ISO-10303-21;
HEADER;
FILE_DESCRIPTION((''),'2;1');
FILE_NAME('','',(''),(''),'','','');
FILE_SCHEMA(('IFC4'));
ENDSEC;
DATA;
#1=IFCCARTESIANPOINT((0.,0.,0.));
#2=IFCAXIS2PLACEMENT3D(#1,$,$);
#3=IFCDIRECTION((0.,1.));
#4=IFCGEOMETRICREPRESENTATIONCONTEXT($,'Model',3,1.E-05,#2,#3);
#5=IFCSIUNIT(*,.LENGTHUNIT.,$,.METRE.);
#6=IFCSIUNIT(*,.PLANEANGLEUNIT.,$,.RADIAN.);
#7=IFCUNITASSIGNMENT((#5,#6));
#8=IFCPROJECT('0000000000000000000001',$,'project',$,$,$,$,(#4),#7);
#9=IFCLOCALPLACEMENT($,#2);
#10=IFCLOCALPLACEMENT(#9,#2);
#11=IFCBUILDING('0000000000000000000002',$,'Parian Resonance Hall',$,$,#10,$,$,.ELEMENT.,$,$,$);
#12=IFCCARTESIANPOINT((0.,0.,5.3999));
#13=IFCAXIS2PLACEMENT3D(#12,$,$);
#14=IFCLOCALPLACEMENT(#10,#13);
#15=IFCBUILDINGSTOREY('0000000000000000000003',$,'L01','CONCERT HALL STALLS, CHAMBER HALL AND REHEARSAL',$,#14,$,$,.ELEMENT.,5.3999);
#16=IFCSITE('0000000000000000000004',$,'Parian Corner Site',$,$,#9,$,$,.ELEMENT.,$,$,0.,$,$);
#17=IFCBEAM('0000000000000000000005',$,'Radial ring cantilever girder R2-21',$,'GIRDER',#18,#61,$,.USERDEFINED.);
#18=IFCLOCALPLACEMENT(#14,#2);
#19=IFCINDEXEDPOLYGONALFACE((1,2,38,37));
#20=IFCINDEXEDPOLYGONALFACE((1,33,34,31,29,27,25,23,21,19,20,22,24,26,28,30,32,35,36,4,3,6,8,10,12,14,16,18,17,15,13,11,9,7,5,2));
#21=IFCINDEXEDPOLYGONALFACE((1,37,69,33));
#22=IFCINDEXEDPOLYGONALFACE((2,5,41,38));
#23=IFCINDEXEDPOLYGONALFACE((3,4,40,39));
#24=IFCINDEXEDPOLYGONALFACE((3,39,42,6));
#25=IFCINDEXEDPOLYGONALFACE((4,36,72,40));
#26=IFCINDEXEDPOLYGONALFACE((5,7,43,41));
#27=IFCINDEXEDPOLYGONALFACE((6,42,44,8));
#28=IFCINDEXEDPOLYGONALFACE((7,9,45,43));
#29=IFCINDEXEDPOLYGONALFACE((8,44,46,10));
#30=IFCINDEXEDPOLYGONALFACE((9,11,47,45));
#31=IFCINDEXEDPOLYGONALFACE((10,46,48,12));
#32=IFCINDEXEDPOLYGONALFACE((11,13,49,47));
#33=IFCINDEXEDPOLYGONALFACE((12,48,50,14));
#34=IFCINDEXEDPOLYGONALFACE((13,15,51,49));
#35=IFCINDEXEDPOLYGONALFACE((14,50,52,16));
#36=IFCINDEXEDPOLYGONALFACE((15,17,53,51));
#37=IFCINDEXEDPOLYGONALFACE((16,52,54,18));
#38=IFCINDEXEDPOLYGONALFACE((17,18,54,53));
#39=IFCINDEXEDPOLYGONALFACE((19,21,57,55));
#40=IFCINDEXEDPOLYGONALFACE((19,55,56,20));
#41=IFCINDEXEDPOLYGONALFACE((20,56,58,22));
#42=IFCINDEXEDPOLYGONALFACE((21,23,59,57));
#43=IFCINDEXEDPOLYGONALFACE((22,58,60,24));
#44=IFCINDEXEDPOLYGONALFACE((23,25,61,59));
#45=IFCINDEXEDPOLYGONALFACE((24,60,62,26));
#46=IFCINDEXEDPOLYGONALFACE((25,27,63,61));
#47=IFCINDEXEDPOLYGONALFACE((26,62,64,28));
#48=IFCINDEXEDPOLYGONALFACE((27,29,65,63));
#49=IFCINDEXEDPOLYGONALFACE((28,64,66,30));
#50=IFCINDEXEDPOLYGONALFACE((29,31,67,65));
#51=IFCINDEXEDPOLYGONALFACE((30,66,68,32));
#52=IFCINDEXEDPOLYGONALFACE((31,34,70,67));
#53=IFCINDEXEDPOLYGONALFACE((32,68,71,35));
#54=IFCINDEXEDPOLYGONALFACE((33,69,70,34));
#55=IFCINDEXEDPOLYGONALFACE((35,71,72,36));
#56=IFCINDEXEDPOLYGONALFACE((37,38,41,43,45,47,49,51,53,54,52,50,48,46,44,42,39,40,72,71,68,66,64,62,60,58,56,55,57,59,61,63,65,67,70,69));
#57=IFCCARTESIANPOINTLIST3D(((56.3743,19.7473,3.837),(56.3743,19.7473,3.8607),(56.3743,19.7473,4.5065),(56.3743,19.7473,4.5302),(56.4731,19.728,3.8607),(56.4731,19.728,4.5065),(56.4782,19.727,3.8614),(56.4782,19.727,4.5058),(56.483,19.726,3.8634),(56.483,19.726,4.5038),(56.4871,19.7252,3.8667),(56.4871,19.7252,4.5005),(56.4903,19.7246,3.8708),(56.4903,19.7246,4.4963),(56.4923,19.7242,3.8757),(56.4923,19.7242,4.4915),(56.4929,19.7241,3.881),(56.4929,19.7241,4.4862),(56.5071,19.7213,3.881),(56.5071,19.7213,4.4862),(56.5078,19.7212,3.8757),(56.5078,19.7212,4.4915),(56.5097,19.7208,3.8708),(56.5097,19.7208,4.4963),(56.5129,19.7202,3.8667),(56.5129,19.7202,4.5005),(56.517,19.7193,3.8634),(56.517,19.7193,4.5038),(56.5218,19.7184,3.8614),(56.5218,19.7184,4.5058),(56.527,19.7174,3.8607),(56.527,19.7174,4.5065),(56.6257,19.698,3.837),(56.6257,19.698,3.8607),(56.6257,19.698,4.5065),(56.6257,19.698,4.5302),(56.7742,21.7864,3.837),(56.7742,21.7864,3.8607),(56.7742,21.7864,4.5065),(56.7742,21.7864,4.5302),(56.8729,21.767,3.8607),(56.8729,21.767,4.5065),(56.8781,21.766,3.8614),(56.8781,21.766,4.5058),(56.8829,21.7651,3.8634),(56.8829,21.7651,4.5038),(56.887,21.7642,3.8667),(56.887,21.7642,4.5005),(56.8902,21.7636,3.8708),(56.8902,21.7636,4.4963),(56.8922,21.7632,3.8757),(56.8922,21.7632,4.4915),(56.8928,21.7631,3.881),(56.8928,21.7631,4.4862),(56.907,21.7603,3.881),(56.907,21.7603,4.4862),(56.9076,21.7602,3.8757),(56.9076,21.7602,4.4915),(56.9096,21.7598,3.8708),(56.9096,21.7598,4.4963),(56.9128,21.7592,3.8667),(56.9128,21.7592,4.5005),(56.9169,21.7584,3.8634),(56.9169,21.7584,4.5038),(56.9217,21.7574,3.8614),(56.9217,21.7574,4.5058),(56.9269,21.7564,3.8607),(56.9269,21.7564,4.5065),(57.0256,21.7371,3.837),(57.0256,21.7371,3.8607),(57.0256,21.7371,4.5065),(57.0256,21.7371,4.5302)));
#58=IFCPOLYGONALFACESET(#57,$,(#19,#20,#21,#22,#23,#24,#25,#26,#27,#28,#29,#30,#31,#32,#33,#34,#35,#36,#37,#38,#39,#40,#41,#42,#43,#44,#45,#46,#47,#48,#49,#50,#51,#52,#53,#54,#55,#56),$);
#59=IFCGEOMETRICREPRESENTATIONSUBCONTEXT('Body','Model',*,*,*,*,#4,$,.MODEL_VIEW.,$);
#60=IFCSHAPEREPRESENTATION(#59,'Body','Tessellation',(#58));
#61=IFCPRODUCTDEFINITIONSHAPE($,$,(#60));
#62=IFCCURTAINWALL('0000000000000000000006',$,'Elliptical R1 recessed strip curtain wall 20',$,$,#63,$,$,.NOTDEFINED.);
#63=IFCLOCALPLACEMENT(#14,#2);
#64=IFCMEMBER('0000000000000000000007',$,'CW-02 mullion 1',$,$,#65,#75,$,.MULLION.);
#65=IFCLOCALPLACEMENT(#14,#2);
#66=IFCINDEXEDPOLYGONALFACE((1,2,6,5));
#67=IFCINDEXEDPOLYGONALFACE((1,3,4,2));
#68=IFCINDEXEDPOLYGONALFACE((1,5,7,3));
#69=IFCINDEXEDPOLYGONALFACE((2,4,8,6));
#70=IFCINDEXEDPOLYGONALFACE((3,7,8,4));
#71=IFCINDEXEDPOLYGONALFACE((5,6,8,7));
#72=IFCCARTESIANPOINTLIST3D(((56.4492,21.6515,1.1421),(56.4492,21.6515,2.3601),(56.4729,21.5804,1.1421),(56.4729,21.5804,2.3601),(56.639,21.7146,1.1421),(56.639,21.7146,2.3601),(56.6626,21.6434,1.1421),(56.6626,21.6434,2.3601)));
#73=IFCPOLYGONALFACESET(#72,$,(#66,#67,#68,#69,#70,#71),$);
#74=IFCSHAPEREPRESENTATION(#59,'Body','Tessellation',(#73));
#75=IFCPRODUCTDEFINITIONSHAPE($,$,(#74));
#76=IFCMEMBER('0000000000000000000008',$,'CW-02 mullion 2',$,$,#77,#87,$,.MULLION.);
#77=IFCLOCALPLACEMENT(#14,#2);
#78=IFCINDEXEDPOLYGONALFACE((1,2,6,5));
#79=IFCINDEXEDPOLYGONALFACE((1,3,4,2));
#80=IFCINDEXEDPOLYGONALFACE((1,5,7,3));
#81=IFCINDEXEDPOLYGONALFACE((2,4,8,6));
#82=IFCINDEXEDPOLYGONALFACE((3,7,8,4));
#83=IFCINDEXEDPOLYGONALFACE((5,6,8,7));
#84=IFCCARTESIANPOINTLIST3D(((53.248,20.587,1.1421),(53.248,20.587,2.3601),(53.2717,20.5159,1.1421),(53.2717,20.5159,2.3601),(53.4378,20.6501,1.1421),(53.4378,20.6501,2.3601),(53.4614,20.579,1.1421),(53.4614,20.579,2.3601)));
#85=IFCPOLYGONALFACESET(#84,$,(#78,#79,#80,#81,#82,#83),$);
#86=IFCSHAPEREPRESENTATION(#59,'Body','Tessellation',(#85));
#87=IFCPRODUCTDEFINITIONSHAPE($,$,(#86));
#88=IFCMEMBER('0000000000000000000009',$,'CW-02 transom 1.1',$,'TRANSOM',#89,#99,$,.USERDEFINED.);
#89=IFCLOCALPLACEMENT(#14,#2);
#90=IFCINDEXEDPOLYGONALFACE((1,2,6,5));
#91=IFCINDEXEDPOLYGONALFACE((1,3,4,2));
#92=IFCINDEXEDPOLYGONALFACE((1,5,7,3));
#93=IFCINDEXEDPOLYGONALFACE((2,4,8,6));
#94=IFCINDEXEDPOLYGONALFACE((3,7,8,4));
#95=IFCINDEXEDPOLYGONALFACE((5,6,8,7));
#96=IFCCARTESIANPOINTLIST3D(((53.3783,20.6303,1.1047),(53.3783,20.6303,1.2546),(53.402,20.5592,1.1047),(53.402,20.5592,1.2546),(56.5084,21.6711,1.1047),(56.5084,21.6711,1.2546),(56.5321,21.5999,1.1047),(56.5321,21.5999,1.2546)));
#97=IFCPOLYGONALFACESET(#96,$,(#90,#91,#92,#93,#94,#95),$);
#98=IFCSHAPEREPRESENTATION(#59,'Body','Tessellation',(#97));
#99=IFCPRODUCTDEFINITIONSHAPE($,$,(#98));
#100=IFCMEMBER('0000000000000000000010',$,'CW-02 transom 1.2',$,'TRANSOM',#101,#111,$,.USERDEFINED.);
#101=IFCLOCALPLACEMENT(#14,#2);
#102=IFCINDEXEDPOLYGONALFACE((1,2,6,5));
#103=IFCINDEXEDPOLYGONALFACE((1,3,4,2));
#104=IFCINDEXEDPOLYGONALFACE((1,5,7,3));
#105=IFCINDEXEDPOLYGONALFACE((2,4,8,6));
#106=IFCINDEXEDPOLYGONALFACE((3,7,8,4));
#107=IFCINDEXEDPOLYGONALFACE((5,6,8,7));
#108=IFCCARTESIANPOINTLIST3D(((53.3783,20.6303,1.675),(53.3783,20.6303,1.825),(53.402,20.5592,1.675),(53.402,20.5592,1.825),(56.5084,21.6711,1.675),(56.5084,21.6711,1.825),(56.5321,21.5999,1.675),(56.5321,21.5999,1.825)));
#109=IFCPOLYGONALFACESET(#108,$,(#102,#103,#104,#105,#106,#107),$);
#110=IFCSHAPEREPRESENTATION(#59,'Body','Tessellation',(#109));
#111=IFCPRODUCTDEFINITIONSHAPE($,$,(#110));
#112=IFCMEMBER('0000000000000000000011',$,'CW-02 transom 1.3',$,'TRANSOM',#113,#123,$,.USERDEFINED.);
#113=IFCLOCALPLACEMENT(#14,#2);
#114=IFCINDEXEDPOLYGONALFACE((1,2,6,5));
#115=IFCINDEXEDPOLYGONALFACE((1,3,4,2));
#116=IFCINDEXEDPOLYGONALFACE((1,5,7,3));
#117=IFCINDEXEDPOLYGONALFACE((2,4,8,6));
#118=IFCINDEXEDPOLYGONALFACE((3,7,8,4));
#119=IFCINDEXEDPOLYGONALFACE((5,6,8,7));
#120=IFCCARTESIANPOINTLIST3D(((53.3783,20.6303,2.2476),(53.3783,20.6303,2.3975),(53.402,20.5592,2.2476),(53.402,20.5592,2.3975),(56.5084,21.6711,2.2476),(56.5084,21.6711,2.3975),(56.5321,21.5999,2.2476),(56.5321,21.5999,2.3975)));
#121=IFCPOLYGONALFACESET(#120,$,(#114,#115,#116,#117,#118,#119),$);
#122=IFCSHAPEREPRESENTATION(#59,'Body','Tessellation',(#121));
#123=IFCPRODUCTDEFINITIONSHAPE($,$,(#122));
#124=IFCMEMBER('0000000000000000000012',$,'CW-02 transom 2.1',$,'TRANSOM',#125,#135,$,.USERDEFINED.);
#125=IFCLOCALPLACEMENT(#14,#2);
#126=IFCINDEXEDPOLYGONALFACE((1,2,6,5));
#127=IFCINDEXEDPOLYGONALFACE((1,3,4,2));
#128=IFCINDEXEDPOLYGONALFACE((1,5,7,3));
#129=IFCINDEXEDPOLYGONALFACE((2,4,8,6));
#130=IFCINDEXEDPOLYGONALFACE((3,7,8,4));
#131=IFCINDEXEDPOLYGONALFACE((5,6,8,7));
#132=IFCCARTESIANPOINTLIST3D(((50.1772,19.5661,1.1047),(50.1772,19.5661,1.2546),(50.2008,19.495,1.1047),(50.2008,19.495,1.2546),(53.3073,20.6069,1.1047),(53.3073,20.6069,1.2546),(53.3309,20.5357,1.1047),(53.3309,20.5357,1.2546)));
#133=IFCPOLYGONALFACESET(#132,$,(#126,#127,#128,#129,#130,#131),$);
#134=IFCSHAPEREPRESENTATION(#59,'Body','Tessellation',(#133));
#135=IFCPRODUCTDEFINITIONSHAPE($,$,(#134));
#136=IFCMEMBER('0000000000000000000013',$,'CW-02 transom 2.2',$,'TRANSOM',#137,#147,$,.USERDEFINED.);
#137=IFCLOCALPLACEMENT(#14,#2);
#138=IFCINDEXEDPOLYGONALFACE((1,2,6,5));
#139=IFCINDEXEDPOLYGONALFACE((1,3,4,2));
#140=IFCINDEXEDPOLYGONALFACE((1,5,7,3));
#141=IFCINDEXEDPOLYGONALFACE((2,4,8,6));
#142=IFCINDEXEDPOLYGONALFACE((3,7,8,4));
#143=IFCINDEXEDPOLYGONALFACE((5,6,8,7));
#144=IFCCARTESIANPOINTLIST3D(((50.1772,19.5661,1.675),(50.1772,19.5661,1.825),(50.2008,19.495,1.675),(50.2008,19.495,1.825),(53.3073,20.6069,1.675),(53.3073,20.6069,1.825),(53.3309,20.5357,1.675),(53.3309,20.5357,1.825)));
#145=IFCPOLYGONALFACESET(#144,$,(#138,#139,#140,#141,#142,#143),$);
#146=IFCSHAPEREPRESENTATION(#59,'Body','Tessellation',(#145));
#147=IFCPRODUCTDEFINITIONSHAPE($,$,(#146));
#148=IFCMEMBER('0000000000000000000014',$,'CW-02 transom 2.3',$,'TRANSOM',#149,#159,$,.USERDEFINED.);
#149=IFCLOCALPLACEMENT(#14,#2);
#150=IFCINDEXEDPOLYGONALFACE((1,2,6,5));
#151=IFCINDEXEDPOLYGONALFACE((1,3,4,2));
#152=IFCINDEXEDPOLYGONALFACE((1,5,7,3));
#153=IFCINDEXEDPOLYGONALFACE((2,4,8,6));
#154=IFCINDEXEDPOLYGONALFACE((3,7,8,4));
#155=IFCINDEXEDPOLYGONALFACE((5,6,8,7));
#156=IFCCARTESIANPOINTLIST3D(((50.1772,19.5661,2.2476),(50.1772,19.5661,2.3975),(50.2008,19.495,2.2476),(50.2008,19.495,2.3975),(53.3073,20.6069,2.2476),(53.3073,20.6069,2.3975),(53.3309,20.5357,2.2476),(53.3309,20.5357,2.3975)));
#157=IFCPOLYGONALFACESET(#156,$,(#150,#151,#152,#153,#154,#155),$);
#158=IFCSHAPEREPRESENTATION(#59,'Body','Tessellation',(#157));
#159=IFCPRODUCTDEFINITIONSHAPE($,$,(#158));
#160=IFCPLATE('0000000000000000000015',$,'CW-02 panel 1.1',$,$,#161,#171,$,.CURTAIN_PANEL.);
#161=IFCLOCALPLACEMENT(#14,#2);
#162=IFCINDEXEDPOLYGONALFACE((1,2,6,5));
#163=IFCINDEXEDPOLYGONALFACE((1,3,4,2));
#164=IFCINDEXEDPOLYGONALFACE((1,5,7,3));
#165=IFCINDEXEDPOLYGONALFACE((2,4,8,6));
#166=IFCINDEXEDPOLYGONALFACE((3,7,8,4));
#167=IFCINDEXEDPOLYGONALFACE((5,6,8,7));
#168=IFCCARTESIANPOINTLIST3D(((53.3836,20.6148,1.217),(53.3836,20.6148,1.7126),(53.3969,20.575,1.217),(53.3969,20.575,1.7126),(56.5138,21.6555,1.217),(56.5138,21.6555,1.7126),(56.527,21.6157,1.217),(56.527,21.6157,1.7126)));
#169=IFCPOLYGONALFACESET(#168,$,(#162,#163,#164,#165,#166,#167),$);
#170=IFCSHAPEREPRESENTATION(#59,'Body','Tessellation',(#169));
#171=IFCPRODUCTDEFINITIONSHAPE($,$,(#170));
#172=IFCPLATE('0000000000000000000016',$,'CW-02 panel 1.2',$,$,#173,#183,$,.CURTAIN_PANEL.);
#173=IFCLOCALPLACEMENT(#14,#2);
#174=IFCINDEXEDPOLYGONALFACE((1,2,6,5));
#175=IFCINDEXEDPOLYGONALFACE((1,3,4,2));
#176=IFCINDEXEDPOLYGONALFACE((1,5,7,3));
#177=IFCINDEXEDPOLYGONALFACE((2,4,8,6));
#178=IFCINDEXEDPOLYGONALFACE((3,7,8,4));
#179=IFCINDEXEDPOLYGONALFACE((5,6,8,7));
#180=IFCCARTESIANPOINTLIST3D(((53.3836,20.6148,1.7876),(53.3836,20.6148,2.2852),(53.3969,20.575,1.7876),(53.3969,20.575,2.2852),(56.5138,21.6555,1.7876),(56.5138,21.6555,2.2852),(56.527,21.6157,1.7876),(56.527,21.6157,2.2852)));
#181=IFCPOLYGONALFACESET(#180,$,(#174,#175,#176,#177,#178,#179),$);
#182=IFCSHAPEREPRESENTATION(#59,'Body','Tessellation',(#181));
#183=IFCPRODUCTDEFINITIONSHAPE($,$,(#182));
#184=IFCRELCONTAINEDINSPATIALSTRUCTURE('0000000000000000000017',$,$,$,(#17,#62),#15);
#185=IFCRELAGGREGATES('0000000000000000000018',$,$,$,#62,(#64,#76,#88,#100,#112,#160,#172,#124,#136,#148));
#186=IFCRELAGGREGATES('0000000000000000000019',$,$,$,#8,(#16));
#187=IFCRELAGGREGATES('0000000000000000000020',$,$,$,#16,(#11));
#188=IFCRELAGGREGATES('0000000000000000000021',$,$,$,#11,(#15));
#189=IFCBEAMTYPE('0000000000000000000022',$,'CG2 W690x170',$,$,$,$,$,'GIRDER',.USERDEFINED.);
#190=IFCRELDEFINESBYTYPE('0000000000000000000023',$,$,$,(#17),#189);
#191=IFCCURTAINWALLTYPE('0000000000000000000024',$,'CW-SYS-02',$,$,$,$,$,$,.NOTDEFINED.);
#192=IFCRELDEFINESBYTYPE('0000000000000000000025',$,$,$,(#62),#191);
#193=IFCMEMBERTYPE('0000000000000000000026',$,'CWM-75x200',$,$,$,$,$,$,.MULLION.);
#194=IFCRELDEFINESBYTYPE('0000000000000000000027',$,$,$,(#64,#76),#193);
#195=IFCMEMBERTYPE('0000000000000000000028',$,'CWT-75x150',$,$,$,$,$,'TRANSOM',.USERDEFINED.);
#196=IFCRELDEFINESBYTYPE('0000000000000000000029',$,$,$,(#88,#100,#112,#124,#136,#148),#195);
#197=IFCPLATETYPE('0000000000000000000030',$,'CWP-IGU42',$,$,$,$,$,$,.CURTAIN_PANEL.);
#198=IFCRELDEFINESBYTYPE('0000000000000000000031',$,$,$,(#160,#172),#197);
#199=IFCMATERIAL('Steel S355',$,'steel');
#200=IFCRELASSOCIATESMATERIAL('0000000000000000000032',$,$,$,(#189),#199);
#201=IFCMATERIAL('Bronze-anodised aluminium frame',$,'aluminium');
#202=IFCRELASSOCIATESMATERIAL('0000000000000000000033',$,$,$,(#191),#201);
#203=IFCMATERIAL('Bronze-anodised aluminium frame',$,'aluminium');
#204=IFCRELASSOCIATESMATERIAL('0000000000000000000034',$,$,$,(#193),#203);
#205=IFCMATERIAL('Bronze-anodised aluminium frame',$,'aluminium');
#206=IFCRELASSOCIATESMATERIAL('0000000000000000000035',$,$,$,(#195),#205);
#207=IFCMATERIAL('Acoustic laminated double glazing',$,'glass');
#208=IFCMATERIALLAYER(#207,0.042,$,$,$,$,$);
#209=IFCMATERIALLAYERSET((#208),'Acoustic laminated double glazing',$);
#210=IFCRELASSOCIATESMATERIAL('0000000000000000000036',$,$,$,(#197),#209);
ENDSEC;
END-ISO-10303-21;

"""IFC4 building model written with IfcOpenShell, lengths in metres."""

from ifc_helpers import new_model, si_unit, direction, frame, origin, origin_2d, place, context, subcontext, project, spatial, rectangle, i_section, extrude, material, layer, layer_set, material_profile, profile_set, type_object, element, aggregate, save


model = new_model("IFC4")

# Units and contexts
model_context = context("Model", 3, precision=1e-05, world=origin(), true_north=direction((0.0, 1.0)))
body_context = subcontext(model_context, "Body", "Model", "MODEL_VIEW")
ifc_project = project(units=[si_unit("LENGTHUNIT", "METRE"), si_unit("PLANEANGLEUNIT", "RADIAN")], contexts=[model_context])

# Site, building, storey
site_placement = place(None, origin())
site = spatial("IfcSite", under=ifc_project, at=site_placement, Name="Parian Corner Site", CompositionType="ELEMENT", RefElevation=0.0)
building_placement = place(site_placement, origin())
building = spatial("IfcBuilding", under=site, at=building_placement, Name="Parian Resonance Hall", CompositionType="ELEMENT")
storey_placement = place(building_placement, frame((0.0, 0.0, 5.3999)))
storey = spatial("IfcBuildingStorey", under=building, at=storey_placement, Name="L01", Description="CONCERT HALL STALLS, CHAMBER HALL AND REHEARSAL", CompositionType="ELEMENT", Elevation=5.3999)

# Beam
ifc_material_1 = material(Name="Steel S355", Category="steel")
ifc_material_profile_1 = material_profile(ifc_material_1, i_section(OverallWidth=0.2561, OverallDepth=0.6931, WebThickness=0.0144, FlangeThickness=0.0237, FilletRadius=0.0203, at=origin_2d()), Name="W690x170")
ifc_profile_set_1 = profile_set([ifc_material_profile_1], Name="Steel S355")
beam_type_1 = type_object("IfcBeamType", Name="CG2 W690x170", ElementType="GIRDER", PredefinedType="USERDEFINED", material=ifc_profile_set_1)
beam_1_placement = place(storey_placement, frame((56.8999, 21.7617, 4.1836), z_axis=(-0.192454, -0.981306, 0.0), x_axis=(0.981306, -0.192454, 0.0)))
element("IfcBeam", 1, at=beam_1_placement, inside=storey, type_object=beam_type_1, Name="Radial ring cantilever girder R2-21", ObjectType="GIRDER", PredefinedType="USERDEFINED", context=body_context, shape_type="SweptSolid", body=[
    extrude(i_section(OverallWidth=0.2561, OverallDepth=0.6931, WebThickness=0.0144, FlangeThickness=0.0237, FilletRadius=0.0203, at=origin_2d()), origin(), (0.0, 0.0, 1.0), 2.0779),
])

# Curtain wall, members, plates
ifc_material_2 = material(Name="Bronze-anodised aluminium frame", Category="aluminium")
curtain_wall_type = type_object("IfcCurtainWallType", Name="CW-SYS-02", PredefinedType="NOTDEFINED", material=ifc_material_2)
curtain_wall_placement = place(storey_placement, origin())
curtain_wall = element("IfcCurtainWall", 2, at=curtain_wall_placement, inside=storey, type_object=curtain_wall_type, Name="Elliptical R1 recessed strip curtain wall 20", PredefinedType="NOTDEFINED")
ifc_material_3 = material(Name="Bronze-anodised aluminium frame", Category="aluminium")
ifc_material_profile_2 = material_profile(ifc_material_3, rectangle(XDim=0.075, YDim=0.2, at=origin_2d()), Name="CWM-75x200")
ifc_profile_set_2 = profile_set([ifc_material_profile_2], Name="Bronze-anodised aluminium frame")
member_type_1 = type_object("IfcMemberType", Name="CWM-75x200", PredefinedType="MULLION", material=ifc_profile_set_2)
member_1_placement = place(storey_placement, frame((56.5559, 21.6475, 1.1421), z_axis=(0.0, 0.0, 1.0), x_axis=(0.315502, -0.948925, 0.0)))
member_1 = element("IfcMember", 3, at=member_1_placement, type_object=member_type_1, Name="CW-02 mullion 1", PredefinedType="MULLION", context=body_context, shape_type="SweptSolid", body=[
    extrude(rectangle(XDim=0.075, YDim=0.2, at=origin_2d()), origin(), (0.0, 0.0, 1.0), 1.218),
])
member_2_placement = place(storey_placement, frame((53.3547, 20.583, 1.1421), z_axis=(0.0, 0.0, 1.0), x_axis=(0.315502, -0.948925, 0.0)))
member_2 = element("IfcMember", 4, at=member_2_placement, type_object=member_type_1, Name="CW-02 mullion 2", PredefinedType="MULLION", context=body_context, shape_type="SweptSolid", body=[
    extrude(rectangle(XDim=0.075, YDim=0.2, at=origin_2d()), origin(), (0.0, 0.0, 1.0), 1.218),
])
ifc_material_4 = material(Name="Bronze-anodised aluminium frame", Category="aluminium")
ifc_material_profile_3 = material_profile(ifc_material_4, rectangle(XDim=0.075, YDim=0.1499, at=origin_2d()), Name="CWT-75x150")
ifc_profile_set_3 = profile_set([ifc_material_profile_3], Name="Bronze-anodised aluminium frame")
member_type_2 = type_object("IfcMemberType", Name="CWT-75x150", ElementType="TRANSOM", PredefinedType="USERDEFINED", material=ifc_profile_set_3)
member_3_placement = place(storey_placement, frame((56.5203, 21.6355, 1.1797), z_axis=(-0.94892, -0.315517, 0.0), x_axis=(0.315517, -0.94892, 0.0)))
member_3 = element("IfcMember", 5, at=member_3_placement, type_object=member_type_2, Name="CW-02 transom 1.1", ObjectType="TRANSOM", PredefinedType="USERDEFINED", context=body_context, shape_type="SweptSolid", body=[
    extrude(rectangle(XDim=0.075, YDim=0.1499, at=origin_2d()), origin(), (0.0, 0.0, 1.0), 3.2986),
])
member_4_placement = place(storey_placement, frame((56.5203, 21.6355, 1.75), z_axis=(-0.94892, -0.315517, 0.0), x_axis=(0.315517, -0.94892, 0.0)))
member_4 = element("IfcMember", 6, at=member_4_placement, type_object=member_type_2, Name="CW-02 transom 1.2", ObjectType="TRANSOM", PredefinedType="USERDEFINED", context=body_context, shape_type="SweptSolid", body=[
    extrude(rectangle(XDim=0.075, YDim=0.1499, at=origin_2d()), origin(), (0.0, 0.0, 1.0), 3.2986),
])
member_5_placement = place(storey_placement, frame((56.5203, 21.6355, 2.3225), z_axis=(-0.94892, -0.315517, 0.0), x_axis=(0.315517, -0.94892, 0.0)))
member_5 = element("IfcMember", 7, at=member_5_placement, type_object=member_type_2, Name="CW-02 transom 1.3", ObjectType="TRANSOM", PredefinedType="USERDEFINED", context=body_context, shape_type="SweptSolid", body=[
    extrude(rectangle(XDim=0.075, YDim=0.1499, at=origin_2d()), origin(), (0.0, 0.0, 1.0), 3.2986),
])
member_6_placement = place(storey_placement, frame((53.3191, 20.5713, 1.1797), z_axis=(-0.94892, -0.315517, 0.0), x_axis=(0.315517, -0.94892, 0.0)))
member_6 = element("IfcMember", 8, at=member_6_placement, type_object=member_type_2, Name="CW-02 transom 2.1", ObjectType="TRANSOM", PredefinedType="USERDEFINED", context=body_context, shape_type="SweptSolid", body=[
    extrude(rectangle(XDim=0.075, YDim=0.1499, at=origin_2d()), origin(), (0.0, 0.0, 1.0), 3.2986),
])
member_7_placement = place(storey_placement, frame((53.3191, 20.5713, 1.75), z_axis=(-0.94892, -0.315517, 0.0), x_axis=(0.315517, -0.94892, 0.0)))
member_7 = element("IfcMember", 9, at=member_7_placement, type_object=member_type_2, Name="CW-02 transom 2.2", ObjectType="TRANSOM", PredefinedType="USERDEFINED", context=body_context, shape_type="SweptSolid", body=[
    extrude(rectangle(XDim=0.075, YDim=0.1499, at=origin_2d()), origin(), (0.0, 0.0, 1.0), 3.2986),
])
member_8_placement = place(storey_placement, frame((53.3191, 20.5713, 2.3225), z_axis=(-0.94892, -0.315517, 0.0), x_axis=(0.315517, -0.94892, 0.0)))
member_8 = element("IfcMember", 10, at=member_8_placement, type_object=member_type_2, Name="CW-02 transom 2.3", ObjectType="TRANSOM", PredefinedType="USERDEFINED", context=body_context, shape_type="SweptSolid", body=[
    extrude(rectangle(XDim=0.075, YDim=0.1499, at=origin_2d()), origin(), (0.0, 0.0, 1.0), 3.2986),
])
ifc_material_5 = material(Name="Acoustic laminated double glazing", Category="glass")
ifc_layer_1 = layer(ifc_material_5, 0.042)
ifc_layer_set_1 = layer_set([ifc_layer_1], Name="Acoustic laminated double glazing")
plate_type_1 = type_object("IfcPlateType", Name="CWP-IGU42", PredefinedType="CURTAIN_PANEL", material=ifc_layer_set_1)
plate_1_placement = place(storey_placement, frame((54.9553, 21.1152, 1.217), z_axis=(0.0, 0.0, 1.0), x_axis=(-0.948925, -0.315502, 0.0)))
plate_1 = element("IfcPlate", 11, at=plate_1_placement, type_object=plate_type_1, Name="CW-02 panel 1.1", PredefinedType="CURTAIN_PANEL", context=body_context, shape_type="SweptSolid", body=[
    extrude(rectangle(XDim=3.2986, YDim=0.042, at=origin_2d()), origin(), (0.0, 0.0, 1.0), 0.4956),
])
plate_2_placement = place(storey_placement, frame((54.9553, 21.1152, 1.7876), z_axis=(0.0, 0.0, 1.0), x_axis=(-0.948925, -0.315502, 0.0)))
plate_2 = element("IfcPlate", 12, at=plate_2_placement, type_object=plate_type_1, Name="CW-02 panel 1.2", PredefinedType="CURTAIN_PANEL", context=body_context, shape_type="SweptSolid", body=[
    extrude(rectangle(XDim=3.2986, YDim=0.042, at=origin_2d()), origin(), (0.0, 0.0, 1.0), 0.4976),
])
aggregate(curtain_wall, [member_1, member_2, member_3, member_4, member_5, plate_1, plate_2, member_6, member_7, member_8])

save(model, "model.ifc")
